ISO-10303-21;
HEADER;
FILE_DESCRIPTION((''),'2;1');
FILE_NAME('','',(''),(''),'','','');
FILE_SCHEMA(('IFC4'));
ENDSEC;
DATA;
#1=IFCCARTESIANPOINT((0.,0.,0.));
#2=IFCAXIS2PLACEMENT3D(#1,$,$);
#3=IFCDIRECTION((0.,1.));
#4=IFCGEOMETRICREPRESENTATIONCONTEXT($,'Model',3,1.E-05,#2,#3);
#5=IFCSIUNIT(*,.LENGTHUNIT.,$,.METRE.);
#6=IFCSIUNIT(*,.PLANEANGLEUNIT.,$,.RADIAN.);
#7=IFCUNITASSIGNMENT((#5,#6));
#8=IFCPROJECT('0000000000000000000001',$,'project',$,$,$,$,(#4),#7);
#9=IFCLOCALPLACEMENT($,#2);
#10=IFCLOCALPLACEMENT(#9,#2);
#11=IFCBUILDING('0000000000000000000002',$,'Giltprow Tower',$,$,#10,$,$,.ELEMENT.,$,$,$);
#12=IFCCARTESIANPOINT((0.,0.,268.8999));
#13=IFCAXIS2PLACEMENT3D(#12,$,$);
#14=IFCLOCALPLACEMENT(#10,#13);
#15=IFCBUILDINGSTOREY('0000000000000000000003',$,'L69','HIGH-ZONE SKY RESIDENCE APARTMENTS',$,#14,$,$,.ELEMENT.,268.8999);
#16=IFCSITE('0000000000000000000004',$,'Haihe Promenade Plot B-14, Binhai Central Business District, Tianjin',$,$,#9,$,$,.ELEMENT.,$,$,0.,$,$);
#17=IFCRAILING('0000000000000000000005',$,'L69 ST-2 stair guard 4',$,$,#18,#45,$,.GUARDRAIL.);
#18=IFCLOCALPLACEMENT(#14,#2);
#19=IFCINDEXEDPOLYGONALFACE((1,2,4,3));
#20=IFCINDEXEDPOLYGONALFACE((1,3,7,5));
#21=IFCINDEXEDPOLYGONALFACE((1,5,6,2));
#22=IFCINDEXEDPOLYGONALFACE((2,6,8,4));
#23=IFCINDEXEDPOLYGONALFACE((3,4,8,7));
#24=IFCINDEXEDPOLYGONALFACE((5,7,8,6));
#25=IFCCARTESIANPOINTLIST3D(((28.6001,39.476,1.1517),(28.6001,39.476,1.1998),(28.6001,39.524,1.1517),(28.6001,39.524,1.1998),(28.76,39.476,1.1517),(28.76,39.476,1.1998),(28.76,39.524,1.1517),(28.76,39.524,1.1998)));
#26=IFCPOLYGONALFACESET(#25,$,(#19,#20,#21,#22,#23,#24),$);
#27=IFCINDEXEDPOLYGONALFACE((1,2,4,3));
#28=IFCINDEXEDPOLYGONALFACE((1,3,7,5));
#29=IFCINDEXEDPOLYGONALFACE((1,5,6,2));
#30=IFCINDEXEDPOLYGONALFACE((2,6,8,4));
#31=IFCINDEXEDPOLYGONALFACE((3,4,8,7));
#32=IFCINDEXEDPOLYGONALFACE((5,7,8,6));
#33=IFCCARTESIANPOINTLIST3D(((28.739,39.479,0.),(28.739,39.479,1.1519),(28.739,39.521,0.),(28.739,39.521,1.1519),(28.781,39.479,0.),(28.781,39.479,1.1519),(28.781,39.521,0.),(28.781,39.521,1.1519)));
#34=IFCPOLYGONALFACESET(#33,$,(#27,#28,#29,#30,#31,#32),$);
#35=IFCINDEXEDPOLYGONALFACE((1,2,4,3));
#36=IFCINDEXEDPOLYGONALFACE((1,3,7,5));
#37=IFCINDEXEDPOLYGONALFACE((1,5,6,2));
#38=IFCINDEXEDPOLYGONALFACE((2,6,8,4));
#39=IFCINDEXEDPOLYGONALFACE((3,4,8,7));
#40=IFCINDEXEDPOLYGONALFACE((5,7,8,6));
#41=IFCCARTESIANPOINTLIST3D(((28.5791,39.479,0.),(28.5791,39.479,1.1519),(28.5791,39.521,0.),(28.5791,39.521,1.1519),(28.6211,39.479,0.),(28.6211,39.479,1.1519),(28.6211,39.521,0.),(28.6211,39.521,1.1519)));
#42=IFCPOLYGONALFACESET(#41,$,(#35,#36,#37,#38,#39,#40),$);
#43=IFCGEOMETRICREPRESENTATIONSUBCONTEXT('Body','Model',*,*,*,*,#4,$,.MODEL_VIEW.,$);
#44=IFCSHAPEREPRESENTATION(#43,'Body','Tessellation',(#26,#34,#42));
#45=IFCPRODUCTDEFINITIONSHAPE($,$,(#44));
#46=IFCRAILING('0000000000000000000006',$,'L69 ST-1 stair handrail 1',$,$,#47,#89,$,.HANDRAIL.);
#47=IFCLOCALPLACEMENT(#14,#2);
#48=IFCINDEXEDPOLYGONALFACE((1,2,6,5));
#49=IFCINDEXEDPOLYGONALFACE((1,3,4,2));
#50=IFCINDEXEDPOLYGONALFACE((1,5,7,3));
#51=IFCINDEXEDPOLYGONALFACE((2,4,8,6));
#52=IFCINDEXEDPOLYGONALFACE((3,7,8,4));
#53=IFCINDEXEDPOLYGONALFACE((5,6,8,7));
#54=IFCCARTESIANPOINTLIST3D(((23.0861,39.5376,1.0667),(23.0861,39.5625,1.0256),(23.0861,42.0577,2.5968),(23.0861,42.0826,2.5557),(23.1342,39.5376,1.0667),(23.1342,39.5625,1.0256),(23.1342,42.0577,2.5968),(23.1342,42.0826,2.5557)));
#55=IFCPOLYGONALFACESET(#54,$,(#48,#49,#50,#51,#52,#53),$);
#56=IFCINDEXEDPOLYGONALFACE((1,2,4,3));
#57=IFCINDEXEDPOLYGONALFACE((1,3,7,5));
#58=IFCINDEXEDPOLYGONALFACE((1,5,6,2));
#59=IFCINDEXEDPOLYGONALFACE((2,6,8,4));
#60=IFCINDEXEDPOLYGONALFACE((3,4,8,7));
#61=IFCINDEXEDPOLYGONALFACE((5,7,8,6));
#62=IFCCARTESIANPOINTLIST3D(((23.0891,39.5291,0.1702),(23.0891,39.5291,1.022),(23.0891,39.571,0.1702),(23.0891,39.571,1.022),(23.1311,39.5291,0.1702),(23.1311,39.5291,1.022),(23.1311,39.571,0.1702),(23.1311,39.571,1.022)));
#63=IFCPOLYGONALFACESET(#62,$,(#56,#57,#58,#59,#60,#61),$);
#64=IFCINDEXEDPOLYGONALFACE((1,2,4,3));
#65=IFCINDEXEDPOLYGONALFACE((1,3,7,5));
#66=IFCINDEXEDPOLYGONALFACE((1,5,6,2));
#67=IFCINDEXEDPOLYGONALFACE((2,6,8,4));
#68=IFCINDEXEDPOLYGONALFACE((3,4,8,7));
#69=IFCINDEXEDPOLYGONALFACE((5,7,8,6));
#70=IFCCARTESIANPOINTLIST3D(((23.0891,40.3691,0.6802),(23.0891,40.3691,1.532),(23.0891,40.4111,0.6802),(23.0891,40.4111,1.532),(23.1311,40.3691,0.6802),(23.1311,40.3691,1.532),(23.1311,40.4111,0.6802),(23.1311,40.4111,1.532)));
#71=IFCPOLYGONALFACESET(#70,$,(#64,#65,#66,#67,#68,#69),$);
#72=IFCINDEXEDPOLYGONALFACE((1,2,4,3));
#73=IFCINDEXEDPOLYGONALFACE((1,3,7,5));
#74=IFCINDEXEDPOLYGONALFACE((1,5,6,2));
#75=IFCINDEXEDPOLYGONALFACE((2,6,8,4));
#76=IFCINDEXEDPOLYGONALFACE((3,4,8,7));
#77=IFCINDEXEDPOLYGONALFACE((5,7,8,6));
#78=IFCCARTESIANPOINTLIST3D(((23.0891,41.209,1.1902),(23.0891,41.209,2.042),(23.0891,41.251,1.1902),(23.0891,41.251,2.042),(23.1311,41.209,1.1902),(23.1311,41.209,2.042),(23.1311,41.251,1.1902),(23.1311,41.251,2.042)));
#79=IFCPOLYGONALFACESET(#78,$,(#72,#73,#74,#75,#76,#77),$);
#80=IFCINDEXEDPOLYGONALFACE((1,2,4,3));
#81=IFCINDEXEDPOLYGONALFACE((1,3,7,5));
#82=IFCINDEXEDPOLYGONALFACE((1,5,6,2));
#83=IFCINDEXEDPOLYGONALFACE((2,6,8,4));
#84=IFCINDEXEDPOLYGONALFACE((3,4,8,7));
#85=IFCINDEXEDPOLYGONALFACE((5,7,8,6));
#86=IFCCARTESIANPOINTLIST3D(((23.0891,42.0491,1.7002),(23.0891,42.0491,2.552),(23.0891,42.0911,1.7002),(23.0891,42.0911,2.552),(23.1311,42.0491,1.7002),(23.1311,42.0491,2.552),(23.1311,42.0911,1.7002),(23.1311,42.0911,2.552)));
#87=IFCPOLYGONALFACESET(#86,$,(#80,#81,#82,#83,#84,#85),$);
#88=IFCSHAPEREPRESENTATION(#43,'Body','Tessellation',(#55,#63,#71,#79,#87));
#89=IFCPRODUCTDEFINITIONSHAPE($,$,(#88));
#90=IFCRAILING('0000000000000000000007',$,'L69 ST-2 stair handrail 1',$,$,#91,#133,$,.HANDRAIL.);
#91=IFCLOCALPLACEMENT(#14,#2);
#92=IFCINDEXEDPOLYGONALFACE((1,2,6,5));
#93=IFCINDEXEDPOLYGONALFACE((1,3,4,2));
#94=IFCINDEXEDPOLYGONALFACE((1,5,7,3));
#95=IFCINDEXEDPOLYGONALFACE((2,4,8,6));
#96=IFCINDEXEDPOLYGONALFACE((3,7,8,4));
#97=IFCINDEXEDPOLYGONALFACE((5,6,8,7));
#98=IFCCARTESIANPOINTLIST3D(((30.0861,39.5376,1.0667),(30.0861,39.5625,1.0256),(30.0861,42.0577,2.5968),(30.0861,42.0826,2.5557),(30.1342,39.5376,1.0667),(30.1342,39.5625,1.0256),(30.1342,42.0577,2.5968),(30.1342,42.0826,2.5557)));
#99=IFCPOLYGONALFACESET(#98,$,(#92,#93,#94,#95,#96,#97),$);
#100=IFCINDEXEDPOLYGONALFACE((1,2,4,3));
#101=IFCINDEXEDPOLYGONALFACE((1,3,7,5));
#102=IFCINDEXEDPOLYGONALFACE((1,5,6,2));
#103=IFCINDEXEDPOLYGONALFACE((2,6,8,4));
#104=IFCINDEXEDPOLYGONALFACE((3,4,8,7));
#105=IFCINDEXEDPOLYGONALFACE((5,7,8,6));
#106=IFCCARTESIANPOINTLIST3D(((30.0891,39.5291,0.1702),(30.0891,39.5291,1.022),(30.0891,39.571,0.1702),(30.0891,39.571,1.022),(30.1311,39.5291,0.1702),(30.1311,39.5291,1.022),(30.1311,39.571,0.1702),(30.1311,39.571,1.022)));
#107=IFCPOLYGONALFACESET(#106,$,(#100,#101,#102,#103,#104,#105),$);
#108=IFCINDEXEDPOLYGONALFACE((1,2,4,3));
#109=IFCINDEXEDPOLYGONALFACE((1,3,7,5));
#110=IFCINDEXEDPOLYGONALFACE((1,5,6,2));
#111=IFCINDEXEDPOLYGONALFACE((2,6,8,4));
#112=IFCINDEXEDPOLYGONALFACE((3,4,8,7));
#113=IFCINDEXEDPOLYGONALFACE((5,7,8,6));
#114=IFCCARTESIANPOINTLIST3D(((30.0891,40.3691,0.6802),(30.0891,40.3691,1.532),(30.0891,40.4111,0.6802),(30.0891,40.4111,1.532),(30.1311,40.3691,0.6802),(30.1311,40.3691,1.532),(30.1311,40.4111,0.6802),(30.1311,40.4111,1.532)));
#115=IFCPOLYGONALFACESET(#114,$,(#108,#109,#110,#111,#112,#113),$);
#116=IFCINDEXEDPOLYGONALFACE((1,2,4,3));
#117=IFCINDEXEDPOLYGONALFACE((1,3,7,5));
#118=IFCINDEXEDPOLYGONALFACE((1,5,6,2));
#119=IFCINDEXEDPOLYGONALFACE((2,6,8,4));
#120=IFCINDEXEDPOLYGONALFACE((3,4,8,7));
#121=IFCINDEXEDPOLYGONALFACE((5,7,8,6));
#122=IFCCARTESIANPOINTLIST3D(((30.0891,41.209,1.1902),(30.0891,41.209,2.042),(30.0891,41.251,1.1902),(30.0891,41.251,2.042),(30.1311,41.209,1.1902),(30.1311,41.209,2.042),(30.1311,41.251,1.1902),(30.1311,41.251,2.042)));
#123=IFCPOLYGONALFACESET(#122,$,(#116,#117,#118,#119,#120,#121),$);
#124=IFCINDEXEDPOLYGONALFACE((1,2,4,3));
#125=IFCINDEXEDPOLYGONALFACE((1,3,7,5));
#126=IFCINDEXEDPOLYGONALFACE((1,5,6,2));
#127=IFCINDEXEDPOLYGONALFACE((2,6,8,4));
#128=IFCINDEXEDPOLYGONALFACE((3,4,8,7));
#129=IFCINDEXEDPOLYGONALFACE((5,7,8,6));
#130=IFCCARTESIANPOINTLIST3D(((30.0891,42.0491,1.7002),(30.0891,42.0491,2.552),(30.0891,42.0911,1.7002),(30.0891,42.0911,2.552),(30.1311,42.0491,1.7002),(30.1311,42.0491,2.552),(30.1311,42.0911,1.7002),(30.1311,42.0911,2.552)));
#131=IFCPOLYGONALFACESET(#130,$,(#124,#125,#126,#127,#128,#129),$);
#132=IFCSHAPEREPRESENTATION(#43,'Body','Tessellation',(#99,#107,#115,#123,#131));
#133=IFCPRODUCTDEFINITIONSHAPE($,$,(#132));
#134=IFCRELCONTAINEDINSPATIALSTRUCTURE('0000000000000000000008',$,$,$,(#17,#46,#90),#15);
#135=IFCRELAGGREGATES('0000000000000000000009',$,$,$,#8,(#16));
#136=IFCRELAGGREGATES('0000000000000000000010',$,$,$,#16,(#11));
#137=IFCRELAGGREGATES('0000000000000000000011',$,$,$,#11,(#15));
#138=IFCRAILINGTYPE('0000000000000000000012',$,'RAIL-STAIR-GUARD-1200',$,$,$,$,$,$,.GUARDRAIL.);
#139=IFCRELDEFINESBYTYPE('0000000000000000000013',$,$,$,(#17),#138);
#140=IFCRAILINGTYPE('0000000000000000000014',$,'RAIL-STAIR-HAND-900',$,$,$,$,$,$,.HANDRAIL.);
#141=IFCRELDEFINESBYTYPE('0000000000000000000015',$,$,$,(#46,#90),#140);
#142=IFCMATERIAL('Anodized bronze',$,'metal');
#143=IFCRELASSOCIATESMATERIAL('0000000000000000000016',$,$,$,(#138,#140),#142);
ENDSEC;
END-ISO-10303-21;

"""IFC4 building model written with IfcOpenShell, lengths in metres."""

from ifc_helpers import new_model, si_unit, direction, frame, origin, origin_2d, place, context, subcontext, project, spatial, rectangle, extrude, material, type_object, element, save


model = new_model("IFC4")

# Units and contexts
model_context = context("Model", 3, precision=1e-05, world=origin(), true_north=direction((0.0, 1.0)))
body_context = subcontext(model_context, "Body", "Model", "MODEL_VIEW")
ifc_project = project(units=[si_unit("LENGTHUNIT", "METRE"), si_unit("PLANEANGLEUNIT", "RADIAN")], contexts=[model_context])

# Site, building, storey
site_placement = place(None, origin())
site = spatial("IfcSite", under=ifc_project, at=site_placement, Name="Haihe Promenade Plot B-14, Binhai Central Business District, Tianjin", CompositionType="ELEMENT", RefElevation=0.0)
building_placement = place(site_placement, origin())
building = spatial("IfcBuilding", under=site, at=building_placement, Name="Giltprow Tower", CompositionType="ELEMENT")
storey_placement = place(building_placement, frame((0.0, 0.0, 268.8999)))
storey = spatial("IfcBuildingStorey", under=building, at=storey_placement, Name="L69", Description="HIGH-ZONE SKY RESIDENCE APARTMENTS", CompositionType="ELEMENT", Elevation=268.8999)

# Railings
ifc_material_1 = material(Name="Anodized bronze", Category="metal")
railing_type_1 = type_object("IfcRailingType", Name="RAIL-STAIR-GUARD-1200", PredefinedType="GUARDRAIL", material=ifc_material_1)
railing_1_placement = place(storey_placement, frame((28.76, 39.5, 0.0)))
element("IfcRailing", 1, at=railing_1_placement, inside=storey, type_object=railing_type_1, Name="L69 ST-2 stair guard 4", PredefinedType="GUARDRAIL", context=body_context, shape_type="SweptSolid", body=[
    extrude(rectangle(XDim=0.0481, YDim=0.0481, at=origin_2d()), frame((0.0, 0.0, 1.1758), z_axis=(-1.0, 0.0, 0.0), x_axis=(0.0, -1.0, 0.0)), (0.0, 0.0, 1.0), 0.1599),
    extrude(rectangle(XDim=0.042, YDim=0.042, at=origin_2d()), origin(), (0.0, 0.0, 1.0), 1.1519),
    extrude(rectangle(XDim=0.042, YDim=0.042, at=origin_2d()), frame((-0.1599, 0.0, 0.0)), (0.0, 0.0, 1.0), 1.1519),
])
railing_type_2 = type_object("IfcRailingType", Name="RAIL-STAIR-HAND-900", PredefinedType="HANDRAIL", material=ifc_material_1)
for number, where, name in (
    (2, (23.1101, 39.55, 0.1702), "L69 ST-1 stair handrail 1"),
    (3, (30.1101, 39.55, 0.1702), "L69 ST-2 stair handrail 1"),
):
    element("IfcRailing", number, at=place(storey_placement, frame(where)), inside=storey, type_object=railing_type_2, Name=name, PredefinedType="HANDRAIL", context=body_context, shape_type="SweptSolid", body=[
        extrude(rectangle(XDim=0.0481, YDim=0.0481, at=origin_2d()), frame((0.0, 0.0, 0.876), z_axis=(0.0, 0.854785, 0.518982), x_axis=(-1.0, 0.0, 0.0)), (0.0, 0.0, 1.0), 2.9482),
        extrude(rectangle(XDim=0.042, YDim=0.042, at=origin_2d()), origin(), (0.0, 0.0, 1.0), 0.8518),
        extrude(rectangle(XDim=0.042, YDim=0.042, at=origin_2d()), frame((0.0, 0.8401, 0.51)), (0.0, 0.0, 1.0), 0.8518),
        extrude(rectangle(XDim=0.042, YDim=0.042, at=origin_2d()), frame((0.0, 1.6799, 1.02)), (0.0, 0.0, 1.0), 0.8518),
        extrude(rectangle(XDim=0.042, YDim=0.042, at=origin_2d()), frame((0.0, 2.52, 1.53)), (0.0, 0.0, 1.0), 0.8518),
    ])

save(model, "model.ifc")
